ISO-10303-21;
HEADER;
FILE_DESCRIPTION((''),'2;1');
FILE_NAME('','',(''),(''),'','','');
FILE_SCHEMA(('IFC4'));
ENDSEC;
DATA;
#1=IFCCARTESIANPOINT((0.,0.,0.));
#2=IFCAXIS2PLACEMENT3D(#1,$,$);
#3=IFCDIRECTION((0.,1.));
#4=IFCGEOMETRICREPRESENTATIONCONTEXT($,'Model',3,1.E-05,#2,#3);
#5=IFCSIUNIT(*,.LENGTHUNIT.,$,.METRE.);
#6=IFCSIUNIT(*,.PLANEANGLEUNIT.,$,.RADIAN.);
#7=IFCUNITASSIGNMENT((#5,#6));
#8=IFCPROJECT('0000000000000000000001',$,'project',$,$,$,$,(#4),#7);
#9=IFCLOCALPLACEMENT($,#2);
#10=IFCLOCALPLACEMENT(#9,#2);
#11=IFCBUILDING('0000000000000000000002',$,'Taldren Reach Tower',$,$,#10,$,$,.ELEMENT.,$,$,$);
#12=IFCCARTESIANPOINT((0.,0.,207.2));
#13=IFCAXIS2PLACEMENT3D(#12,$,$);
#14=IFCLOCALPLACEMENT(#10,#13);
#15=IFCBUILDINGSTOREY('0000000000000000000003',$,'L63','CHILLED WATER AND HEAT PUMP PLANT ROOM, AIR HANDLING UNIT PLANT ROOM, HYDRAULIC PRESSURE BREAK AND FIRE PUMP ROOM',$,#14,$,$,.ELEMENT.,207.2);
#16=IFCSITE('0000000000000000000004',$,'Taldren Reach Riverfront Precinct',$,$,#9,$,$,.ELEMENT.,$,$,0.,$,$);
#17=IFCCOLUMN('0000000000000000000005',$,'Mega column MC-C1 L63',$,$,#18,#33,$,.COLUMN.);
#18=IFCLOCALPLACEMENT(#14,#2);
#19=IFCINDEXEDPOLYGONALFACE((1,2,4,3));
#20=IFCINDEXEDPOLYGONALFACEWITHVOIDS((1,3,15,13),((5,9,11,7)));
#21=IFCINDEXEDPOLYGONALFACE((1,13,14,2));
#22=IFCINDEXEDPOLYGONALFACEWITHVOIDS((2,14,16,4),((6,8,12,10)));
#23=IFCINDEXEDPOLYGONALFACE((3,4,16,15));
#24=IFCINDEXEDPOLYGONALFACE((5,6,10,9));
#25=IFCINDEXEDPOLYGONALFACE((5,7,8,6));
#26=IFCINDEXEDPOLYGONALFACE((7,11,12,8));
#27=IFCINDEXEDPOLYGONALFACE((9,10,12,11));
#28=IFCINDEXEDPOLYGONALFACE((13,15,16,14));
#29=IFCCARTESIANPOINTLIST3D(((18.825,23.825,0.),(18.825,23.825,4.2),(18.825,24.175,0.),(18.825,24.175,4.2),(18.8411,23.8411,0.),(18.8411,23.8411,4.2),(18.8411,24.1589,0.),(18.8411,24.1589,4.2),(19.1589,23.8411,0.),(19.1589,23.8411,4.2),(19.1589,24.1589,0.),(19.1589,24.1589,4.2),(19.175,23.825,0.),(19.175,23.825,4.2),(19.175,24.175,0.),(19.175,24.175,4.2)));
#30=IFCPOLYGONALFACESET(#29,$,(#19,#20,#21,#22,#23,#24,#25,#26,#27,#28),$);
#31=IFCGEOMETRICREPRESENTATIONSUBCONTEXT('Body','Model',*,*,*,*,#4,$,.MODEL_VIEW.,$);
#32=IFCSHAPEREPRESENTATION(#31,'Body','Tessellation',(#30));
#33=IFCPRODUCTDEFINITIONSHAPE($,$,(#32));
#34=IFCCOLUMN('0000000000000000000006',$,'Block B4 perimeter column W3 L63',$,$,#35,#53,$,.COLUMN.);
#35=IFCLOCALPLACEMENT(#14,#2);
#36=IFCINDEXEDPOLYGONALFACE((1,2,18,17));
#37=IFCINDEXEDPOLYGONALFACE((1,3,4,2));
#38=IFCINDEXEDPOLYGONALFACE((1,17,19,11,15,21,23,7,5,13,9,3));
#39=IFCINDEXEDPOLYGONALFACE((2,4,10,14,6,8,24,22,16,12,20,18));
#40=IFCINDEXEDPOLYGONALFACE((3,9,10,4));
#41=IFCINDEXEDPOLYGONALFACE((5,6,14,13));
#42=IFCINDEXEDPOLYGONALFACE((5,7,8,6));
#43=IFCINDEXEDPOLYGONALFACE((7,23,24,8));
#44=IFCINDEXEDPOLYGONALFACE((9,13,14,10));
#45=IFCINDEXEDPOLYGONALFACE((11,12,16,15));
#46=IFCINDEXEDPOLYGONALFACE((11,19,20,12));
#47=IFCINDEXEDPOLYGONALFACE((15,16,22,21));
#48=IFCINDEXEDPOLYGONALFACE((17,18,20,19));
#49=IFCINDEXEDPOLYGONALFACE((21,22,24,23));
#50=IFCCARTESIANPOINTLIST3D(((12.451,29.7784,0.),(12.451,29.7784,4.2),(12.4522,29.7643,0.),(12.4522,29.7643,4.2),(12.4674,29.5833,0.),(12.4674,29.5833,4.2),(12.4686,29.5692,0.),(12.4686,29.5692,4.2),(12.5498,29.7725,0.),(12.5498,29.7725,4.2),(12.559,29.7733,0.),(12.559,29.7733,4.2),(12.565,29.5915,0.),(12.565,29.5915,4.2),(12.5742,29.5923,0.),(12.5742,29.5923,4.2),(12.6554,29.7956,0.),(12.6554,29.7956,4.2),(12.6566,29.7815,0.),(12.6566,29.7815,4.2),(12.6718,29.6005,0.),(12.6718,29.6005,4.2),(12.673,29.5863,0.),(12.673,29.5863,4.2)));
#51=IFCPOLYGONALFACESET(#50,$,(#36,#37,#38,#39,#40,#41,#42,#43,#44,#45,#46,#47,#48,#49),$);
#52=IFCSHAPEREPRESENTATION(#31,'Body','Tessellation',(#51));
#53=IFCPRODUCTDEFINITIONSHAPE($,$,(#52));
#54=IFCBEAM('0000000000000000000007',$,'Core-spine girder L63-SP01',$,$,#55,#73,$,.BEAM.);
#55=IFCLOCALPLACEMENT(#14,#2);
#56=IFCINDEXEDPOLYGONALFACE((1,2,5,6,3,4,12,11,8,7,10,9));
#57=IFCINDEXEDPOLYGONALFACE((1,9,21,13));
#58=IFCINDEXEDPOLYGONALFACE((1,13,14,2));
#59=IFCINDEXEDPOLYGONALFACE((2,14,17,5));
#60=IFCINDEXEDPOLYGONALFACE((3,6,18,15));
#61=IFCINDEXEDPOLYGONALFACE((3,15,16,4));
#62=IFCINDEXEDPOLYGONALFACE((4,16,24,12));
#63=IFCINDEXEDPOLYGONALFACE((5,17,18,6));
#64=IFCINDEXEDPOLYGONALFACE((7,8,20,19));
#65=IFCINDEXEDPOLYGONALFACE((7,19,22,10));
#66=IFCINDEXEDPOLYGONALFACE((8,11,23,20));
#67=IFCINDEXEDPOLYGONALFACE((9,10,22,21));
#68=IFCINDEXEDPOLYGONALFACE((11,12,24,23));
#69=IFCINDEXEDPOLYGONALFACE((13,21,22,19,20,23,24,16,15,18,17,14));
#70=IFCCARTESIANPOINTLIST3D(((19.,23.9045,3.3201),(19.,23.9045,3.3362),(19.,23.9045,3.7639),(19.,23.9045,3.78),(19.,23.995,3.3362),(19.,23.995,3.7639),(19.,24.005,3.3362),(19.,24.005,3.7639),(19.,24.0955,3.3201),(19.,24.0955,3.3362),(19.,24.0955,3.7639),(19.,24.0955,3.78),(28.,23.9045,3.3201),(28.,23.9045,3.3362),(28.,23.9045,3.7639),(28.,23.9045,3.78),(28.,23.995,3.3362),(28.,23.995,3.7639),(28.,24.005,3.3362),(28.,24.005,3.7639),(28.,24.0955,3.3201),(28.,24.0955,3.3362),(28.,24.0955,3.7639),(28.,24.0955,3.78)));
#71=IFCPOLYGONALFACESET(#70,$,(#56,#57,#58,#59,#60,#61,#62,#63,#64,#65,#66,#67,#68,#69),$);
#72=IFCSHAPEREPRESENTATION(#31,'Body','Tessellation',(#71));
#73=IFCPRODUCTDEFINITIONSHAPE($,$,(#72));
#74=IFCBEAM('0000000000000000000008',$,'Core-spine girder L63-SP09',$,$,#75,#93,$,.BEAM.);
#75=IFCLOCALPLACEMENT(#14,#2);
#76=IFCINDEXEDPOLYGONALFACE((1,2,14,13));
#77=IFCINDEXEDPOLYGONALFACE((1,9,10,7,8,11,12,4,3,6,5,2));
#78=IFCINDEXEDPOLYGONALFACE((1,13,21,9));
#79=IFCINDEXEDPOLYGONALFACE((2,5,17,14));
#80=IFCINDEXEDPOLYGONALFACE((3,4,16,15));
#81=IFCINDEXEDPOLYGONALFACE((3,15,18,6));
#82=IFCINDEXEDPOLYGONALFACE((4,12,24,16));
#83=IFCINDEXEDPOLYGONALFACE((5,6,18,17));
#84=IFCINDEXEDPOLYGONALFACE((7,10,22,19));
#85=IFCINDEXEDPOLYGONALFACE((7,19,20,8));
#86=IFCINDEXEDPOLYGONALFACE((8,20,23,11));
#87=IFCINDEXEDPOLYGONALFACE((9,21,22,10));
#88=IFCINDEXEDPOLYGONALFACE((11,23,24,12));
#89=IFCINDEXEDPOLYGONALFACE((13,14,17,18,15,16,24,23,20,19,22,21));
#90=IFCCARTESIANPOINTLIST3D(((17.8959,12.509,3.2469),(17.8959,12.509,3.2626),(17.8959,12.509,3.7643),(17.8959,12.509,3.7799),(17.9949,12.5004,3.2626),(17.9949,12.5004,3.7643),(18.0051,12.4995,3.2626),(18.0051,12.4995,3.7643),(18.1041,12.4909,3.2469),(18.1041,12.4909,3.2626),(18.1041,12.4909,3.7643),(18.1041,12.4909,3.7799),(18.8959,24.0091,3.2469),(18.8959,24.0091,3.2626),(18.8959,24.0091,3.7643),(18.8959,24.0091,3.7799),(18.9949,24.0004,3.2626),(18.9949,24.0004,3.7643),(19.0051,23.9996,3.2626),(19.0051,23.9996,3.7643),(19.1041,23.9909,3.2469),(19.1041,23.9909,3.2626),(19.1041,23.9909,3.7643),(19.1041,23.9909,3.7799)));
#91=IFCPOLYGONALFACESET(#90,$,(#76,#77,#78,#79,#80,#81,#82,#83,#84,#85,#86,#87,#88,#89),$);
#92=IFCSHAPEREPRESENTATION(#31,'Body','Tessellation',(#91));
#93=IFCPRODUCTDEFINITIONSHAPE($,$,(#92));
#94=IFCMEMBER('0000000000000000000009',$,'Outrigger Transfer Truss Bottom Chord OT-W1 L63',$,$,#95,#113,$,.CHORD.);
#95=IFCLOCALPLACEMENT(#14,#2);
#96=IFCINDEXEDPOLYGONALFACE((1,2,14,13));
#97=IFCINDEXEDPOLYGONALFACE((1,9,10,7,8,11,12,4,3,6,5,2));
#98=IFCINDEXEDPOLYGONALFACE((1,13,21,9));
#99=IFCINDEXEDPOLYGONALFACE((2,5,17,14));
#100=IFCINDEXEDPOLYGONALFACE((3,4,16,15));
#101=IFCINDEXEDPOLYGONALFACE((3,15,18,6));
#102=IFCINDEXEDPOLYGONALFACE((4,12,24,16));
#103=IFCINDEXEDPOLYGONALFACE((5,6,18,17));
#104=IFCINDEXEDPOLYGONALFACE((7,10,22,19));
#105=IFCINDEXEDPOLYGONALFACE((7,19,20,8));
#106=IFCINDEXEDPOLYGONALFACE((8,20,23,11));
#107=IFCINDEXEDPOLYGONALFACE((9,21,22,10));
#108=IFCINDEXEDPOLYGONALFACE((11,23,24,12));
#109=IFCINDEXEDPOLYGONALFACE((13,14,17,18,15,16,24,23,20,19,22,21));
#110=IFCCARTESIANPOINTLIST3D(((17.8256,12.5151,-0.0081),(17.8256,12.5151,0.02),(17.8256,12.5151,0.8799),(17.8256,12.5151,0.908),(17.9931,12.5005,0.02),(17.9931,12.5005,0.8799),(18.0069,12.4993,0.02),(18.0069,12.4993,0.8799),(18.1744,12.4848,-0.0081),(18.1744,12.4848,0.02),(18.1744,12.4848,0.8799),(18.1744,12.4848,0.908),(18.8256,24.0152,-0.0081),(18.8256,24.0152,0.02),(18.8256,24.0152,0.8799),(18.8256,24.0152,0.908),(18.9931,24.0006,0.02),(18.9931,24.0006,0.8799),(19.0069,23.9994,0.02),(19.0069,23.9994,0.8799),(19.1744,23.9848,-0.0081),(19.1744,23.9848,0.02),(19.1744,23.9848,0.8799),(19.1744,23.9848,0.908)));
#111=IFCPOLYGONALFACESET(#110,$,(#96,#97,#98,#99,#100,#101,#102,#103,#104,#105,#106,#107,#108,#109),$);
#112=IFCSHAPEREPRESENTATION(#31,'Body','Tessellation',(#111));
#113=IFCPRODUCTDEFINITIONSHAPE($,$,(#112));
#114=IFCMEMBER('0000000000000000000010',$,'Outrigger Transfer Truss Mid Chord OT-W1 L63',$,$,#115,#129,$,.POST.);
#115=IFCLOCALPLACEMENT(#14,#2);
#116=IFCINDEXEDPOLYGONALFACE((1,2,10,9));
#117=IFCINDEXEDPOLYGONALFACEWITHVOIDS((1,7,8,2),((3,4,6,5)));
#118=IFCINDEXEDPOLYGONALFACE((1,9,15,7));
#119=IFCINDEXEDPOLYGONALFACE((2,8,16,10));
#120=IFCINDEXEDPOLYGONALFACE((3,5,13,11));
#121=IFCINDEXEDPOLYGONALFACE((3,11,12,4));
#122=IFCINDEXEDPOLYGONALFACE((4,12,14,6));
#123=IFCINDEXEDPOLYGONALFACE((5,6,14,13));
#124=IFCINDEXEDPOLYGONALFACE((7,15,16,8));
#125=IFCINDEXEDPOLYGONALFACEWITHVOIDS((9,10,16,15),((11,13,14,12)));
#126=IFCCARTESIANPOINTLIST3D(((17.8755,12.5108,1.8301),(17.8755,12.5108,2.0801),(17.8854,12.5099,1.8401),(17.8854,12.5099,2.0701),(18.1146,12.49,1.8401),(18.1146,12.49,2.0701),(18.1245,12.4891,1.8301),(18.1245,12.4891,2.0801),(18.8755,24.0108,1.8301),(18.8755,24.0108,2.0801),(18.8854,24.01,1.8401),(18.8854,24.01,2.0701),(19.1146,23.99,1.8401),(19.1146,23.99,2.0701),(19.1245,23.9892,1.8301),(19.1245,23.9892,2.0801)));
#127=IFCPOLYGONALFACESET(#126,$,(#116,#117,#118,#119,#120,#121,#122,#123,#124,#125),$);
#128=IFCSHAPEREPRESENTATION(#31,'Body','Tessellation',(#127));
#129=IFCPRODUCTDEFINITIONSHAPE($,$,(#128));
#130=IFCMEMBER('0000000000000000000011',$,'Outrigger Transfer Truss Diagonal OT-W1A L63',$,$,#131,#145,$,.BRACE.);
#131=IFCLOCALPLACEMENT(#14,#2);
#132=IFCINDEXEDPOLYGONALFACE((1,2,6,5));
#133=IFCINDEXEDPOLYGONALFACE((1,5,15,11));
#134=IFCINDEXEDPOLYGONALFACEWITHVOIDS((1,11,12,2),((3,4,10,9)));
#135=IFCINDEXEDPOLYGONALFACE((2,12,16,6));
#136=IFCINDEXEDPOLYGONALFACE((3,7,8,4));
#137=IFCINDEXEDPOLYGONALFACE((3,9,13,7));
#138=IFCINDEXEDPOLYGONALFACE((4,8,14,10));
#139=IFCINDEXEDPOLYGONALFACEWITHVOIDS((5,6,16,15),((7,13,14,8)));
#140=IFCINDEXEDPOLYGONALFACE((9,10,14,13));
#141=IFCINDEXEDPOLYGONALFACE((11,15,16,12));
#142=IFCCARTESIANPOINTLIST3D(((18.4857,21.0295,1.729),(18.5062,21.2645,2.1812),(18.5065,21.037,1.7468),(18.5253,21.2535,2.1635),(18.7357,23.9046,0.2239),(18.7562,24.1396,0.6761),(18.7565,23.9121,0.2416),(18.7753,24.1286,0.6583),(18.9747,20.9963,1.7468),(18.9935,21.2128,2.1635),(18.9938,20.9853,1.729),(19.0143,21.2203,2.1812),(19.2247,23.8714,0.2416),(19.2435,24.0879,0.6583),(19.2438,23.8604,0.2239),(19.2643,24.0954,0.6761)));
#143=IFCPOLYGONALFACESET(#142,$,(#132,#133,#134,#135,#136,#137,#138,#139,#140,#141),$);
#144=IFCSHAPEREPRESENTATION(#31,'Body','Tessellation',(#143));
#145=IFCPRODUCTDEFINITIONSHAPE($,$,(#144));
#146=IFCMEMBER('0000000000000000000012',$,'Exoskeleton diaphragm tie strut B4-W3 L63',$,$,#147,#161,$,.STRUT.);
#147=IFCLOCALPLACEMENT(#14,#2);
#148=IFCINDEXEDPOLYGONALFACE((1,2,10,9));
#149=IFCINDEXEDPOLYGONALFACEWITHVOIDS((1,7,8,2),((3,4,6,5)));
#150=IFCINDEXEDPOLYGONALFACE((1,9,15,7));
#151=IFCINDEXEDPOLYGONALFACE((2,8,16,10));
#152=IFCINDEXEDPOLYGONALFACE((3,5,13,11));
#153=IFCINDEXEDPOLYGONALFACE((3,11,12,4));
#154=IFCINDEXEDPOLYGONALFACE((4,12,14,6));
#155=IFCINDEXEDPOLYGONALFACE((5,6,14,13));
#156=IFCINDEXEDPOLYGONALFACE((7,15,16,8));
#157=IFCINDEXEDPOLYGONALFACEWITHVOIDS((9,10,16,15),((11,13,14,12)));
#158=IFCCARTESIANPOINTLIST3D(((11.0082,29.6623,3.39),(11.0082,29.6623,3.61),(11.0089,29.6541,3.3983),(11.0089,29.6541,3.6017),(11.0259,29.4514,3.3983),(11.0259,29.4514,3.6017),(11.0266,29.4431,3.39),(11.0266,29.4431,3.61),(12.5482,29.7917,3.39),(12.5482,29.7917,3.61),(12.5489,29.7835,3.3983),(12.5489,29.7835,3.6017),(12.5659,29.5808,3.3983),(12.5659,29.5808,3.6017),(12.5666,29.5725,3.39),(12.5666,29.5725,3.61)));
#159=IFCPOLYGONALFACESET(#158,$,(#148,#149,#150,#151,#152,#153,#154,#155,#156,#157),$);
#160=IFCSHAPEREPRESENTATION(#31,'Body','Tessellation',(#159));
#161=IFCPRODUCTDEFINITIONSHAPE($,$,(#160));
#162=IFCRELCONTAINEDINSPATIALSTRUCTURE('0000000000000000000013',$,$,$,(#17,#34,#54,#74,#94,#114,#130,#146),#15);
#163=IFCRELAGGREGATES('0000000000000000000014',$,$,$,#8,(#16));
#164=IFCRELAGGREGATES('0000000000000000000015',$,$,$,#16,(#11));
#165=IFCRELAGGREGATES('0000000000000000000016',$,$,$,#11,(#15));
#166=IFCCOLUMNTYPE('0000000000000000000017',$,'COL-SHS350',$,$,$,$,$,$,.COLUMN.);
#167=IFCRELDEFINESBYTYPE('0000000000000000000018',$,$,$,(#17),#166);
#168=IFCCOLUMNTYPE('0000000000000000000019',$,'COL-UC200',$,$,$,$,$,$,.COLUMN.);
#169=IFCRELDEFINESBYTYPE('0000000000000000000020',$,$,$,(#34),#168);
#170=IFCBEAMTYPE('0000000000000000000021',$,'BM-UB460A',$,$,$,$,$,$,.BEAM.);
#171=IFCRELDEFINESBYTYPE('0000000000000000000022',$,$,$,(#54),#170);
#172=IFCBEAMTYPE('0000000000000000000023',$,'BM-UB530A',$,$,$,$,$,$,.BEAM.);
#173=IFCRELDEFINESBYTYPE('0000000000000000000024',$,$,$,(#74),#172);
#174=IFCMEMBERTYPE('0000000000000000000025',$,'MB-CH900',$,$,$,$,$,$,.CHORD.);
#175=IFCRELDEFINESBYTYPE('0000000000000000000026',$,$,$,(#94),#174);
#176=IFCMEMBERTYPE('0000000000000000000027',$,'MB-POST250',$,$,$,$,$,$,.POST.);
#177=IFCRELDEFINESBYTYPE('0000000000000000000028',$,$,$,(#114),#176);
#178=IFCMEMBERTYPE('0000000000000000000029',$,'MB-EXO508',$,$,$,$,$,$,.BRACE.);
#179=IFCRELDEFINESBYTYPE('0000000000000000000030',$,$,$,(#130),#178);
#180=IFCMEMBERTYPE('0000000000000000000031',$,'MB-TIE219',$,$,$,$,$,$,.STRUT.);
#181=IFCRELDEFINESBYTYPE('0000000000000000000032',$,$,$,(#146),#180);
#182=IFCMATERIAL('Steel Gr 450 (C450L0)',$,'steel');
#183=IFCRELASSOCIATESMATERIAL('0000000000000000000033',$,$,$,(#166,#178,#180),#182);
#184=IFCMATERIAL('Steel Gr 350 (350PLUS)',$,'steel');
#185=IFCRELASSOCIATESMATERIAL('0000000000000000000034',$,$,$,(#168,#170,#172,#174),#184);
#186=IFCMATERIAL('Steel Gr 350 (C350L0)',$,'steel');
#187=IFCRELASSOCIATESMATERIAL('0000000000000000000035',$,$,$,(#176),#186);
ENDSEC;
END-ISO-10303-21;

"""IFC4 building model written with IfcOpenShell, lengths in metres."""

from ifc_helpers import new_model, si_unit, direction, frame, origin, origin_2d, place, context, subcontext, project, spatial, hollow_rectangle, i_section, extrude, source, transform, mapped, material, material_profile, profile_set, type_object, element, save


model = new_model("IFC4")

# Units and contexts
model_context = context("Model", 3, precision=1e-05, world=origin(), true_north=direction((0.0, 1.0)))
body_context = subcontext(model_context, "Body", "Model", "MODEL_VIEW")
ifc_project = project(units=[si_unit("LENGTHUNIT", "METRE"), si_unit("PLANEANGLEUNIT", "RADIAN")], contexts=[model_context])

# Site, building, storey
site_placement = place(None, origin())
site = spatial("IfcSite", under=ifc_project, at=site_placement, Name="Taldren Reach Riverfront Precinct", CompositionType="ELEMENT", RefElevation=0.0)
building_placement = place(site_placement, origin())
building = spatial("IfcBuilding", under=site, at=building_placement, Name="Taldren Reach Tower", CompositionType="ELEMENT")
storey_placement = place(building_placement, frame((0.0, 0.0, 207.2)))
storey = spatial("IfcBuildingStorey", under=building, at=storey_placement, Name="L63", Description="CHILLED WATER AND HEAT PUMP PLANT ROOM, AIR HANDLING UNIT PLANT ROOM, HYDRAULIC PRESSURE BREAK AND FIRE PUMP ROOM", CompositionType="ELEMENT", Elevation=207.2)

# Columns
ifc_material_1 = material(Name="Steel Gr 450 (C450L0)", Category="steel")
ifc_material_profile_1 = material_profile(ifc_material_1, hollow_rectangle(XDim=0.3501, YDim=0.3501, WallThickness=0.0161, at=origin_2d()), Name="350x350x16.0SHS")
ifc_profile_set_1 = profile_set([ifc_material_profile_1], Name="Steel Gr 450 (C450L0)")
column_type_1 = type_object("IfcColumnType", Name="COL-SHS350", PredefinedType="COLUMN", material=ifc_profile_set_1)
shared_shape_1 = source(origin(), body_context, "Body", "SweptSolid", [
    extrude(hollow_rectangle(XDim=0.3501, YDim=0.3501, WallThickness=0.0161, at=origin_2d()), origin(), (0.0, 0.0, 1.0), 4.2),
])
column_1_placement = place(storey_placement, frame((19.0, 24.0, 0.0), z_axis=(0.0, 0.0, 1.0), x_axis=(1.0, 0.0, 0.0)))
element("IfcColumn", 1, at=column_1_placement, inside=storey, type_object=column_type_1, Name="Mega column MC-C1 L63", PredefinedType="COLUMN", context=body_context, shape_type="MappedRepresentation", body=[
    mapped(shared_shape_1, transform((0.0, 0.0, 0.0), scale=1.0)),
])
ifc_material_2 = material(Name="Steel Gr 350 (350PLUS)", Category="steel")
ifc_material_profile_2 = material_profile(ifc_material_2, i_section(OverallWidth=0.2051, OverallDepth=0.21, WebThickness=0.0093, FlangeThickness=0.0142, at=origin_2d()), Name="200UC59.5")
ifc_profile_set_2 = profile_set([ifc_material_profile_2], Name="Steel Gr 350 (350PLUS)")
column_type_2 = type_object("IfcColumnType", Name="COL-UC200", PredefinedType="COLUMN", material=ifc_profile_set_2)
shared_shape_2 = source(origin(), body_context, "Body", "SweptSolid", [
    extrude(i_section(OverallWidth=0.2051, OverallDepth=0.21, WebThickness=0.0093, FlangeThickness=0.0142, at=origin_2d()), origin(), (0.0, 0.0, 1.0), 4.2),
])
column_2_placement = place(storey_placement, frame((12.562, 29.6824, 0.0), z_axis=(0.0, 0.0, 1.0), x_axis=(0.996493, 0.083678, 0.0)))
element("IfcColumn", 2, at=column_2_placement, inside=storey, type_object=column_type_2, Name="Block B4 perimeter column W3 L63", PredefinedType="COLUMN", context=body_context, shape_type="MappedRepresentation", body=[
    mapped(shared_shape_2, transform((0.0, 0.0, 0.0), scale=1.0)),
])

# Beams
ifc_material_profile_3 = material_profile(ifc_material_2, i_section(OverallWidth=0.1909, OverallDepth=0.46, WebThickness=0.01, FlangeThickness=0.0161, at=origin_2d()), Name="460UB82.1")
ifc_profile_set_3 = profile_set([ifc_material_profile_3], Name="Steel Gr 350 (350PLUS)")
beam_type_1 = type_object("IfcBeamType", Name="BM-UB460A", PredefinedType="BEAM", material=ifc_profile_set_3)
shared_shape_3 = source(origin(), body_context, "Body", "SweptSolid", [
    extrude(i_section(OverallWidth=0.1909, OverallDepth=0.46, WebThickness=0.01, FlangeThickness=0.0161, at=origin_2d()), origin(), (0.0, 0.0, 1.0), 9.0),
])
beam_1_placement = place(storey_placement, frame((19.0, 24.0, 3.55), z_axis=(1.0, 0.0, 0.0), x_axis=(0.0, 1.0, 0.0)))
element("IfcBeam", 3, at=beam_1_placement, inside=storey, type_object=beam_type_1, Name="Core-spine girder L63-SP01", PredefinedType="BEAM", context=body_context, shape_type="MappedRepresentation", body=[
    mapped(shared_shape_3, transform((0.0, 0.0, 0.0), scale=1.0)),
])
ifc_material_profile_4 = material_profile(ifc_material_2, i_section(OverallWidth=0.209, OverallDepth=0.533, WebThickness=0.0103, FlangeThickness=0.0156, at=origin_2d()), Name="530UB92.4")
ifc_profile_set_4 = profile_set([ifc_material_profile_4], Name="Steel Gr 350 (350PLUS)")
beam_type_2 = type_object("IfcBeamType", Name="BM-UB530A", PredefinedType="BEAM", material=ifc_profile_set_4)
shared_shape_4 = source(origin(), body_context, "Body", "SweptSolid", [
    extrude(i_section(OverallWidth=0.209, OverallDepth=0.533, WebThickness=0.0103, FlangeThickness=0.0156, at=origin_2d()), origin(), (0.0, 0.0, 1.0), 11.5435),
])
beam_2_placement = place(storey_placement, frame((19.0, 24.0, 3.5134), z_axis=(-0.08663, -0.996241, 0.0), x_axis=(0.996241, -0.08663, 0.0)))
element("IfcBeam", 4, at=beam_2_placement, inside=storey, type_object=beam_type_2, Name="Core-spine girder L63-SP09", PredefinedType="BEAM", context=body_context, shape_type="MappedRepresentation", body=[
    mapped(shared_shape_4, transform((0.0, 0.0, 0.0), scale=1.0)),
])

# Members
ifc_material_profile_5 = material_profile(ifc_material_2, i_section(OverallWidth=0.3501, OverallDepth=0.916, WebThickness=0.0139, FlangeThickness=0.0281, at=origin_2d()), Name="900WB257")
ifc_profile_set_5 = profile_set([ifc_material_profile_5], Name="Steel Gr 350 (350PLUS)")
member_type_1 = type_object("IfcMemberType", Name="MB-CH900", PredefinedType="CHORD", material=ifc_profile_set_5)
shared_shape_5 = source(origin(), body_context, "Body", "SweptSolid", [
    extrude(i_section(OverallWidth=0.3501, OverallDepth=0.916, WebThickness=0.0139, FlangeThickness=0.0281, at=origin_2d()), origin(), (0.0, 0.0, 1.0), 11.5435),
])
member_1_placement = place(storey_placement, frame((19.0, 24.0, 0.45), z_axis=(-0.08663, -0.996241, 0.0), x_axis=(0.996241, -0.08663, 0.0)))
element("IfcMember", 5, at=member_1_placement, inside=storey, type_object=member_type_1, Name="Outrigger Transfer Truss Bottom Chord OT-W1 L63", PredefinedType="CHORD", context=body_context, shape_type="MappedRepresentation", body=[
    mapped(shared_shape_5, transform((0.0, 0.0, 0.0), scale=1.0)),
])
ifc_material_3 = material(Name="Steel Gr 350 (C350L0)", Category="steel")
ifc_material_profile_6 = material_profile(ifc_material_3, hollow_rectangle(XDim=0.25, YDim=0.25, WallThickness=0.01, at=origin_2d()), Name="250x250x10.0SHS")
ifc_profile_set_6 = profile_set([ifc_material_profile_6], Name="Steel Gr 350 (C350L0)")
member_type_2 = type_object("IfcMemberType", Name="MB-POST250", PredefinedType="POST", material=ifc_profile_set_6)
shared_shape_6 = source(origin(), body_context, "Body", "SweptSolid", [
    extrude(hollow_rectangle(XDim=0.25, YDim=0.25, WallThickness=0.01, at=origin_2d()), origin(), (0.0, 0.0, 1.0), 11.5435),
])
member_2_placement = place(storey_placement, frame((19.0, 24.0, 1.9551), z_axis=(-0.08663, -0.996241, 0.0), x_axis=(0.996241, -0.08663, 0.0)))
element("IfcMember", 6, at=member_2_placement, inside=storey, type_object=member_type_2, Name="Outrigger Transfer Truss Mid Chord OT-W1 L63", PredefinedType="POST", context=body_context, shape_type="MappedRepresentation", body=[
    mapped(shared_shape_6, transform((0.0, 0.0, 0.0), scale=1.0)),
])
ifc_material_profile_7 = material_profile(ifc_material_1, hollow_rectangle(XDim=0.51, YDim=0.51, WallThickness=0.02, at=origin_2d()), Name="510x510x20.0SHS")
ifc_profile_set_7 = profile_set([ifc_material_profile_7], Name="Steel Gr 450 (C450L0)")
member_type_3 = type_object("IfcMemberType", Name="MB-EXO508", PredefinedType="BRACE", material=ifc_profile_set_7)
shared_shape_7 = source(origin(), body_context, "Body", "SweptSolid", [
    extrude(hollow_rectangle(XDim=0.51, YDim=0.51, WallThickness=0.02, at=origin_2d()), origin(), (0.0, 0.0, 1.0), 3.2549),
])
member_3_placement = place(storey_placement, frame((19.0, 24.0, 0.45), z_axis=(-0.07681, -0.883319, 0.462437), x_axis=(0.996241, -0.08663, 0.0)))
element("IfcMember", 7, at=member_3_placement, inside=storey, type_object=member_type_3, Name="Outrigger Transfer Truss Diagonal OT-W1A L63", PredefinedType="BRACE", context=body_context, shape_type="MappedRepresentation", body=[
    mapped(shared_shape_7, transform((0.0, 0.0, 0.0), scale=1.0)),
])
ifc_material_profile_8 = material_profile(ifc_material_1, hollow_rectangle(XDim=0.22, YDim=0.22, WallThickness=0.0083, at=origin_2d()), Name="220x220x8.2SHS")
ifc_profile_set_8 = profile_set([ifc_material_profile_8], Name="Steel Gr 450 (C450L0)")
member_type_4 = type_object("IfcMemberType", Name="MB-TIE219", PredefinedType="STRUT", material=ifc_profile_set_8)
shared_shape_8 = source(origin(), body_context, "Body", "SweptSolid", [
    extrude(hollow_rectangle(XDim=0.22, YDim=0.22, WallThickness=0.0083, at=origin_2d()), origin(), (0.0, 0.0, 1.0), 1.5454),
])
member_4_placement = place(storey_placement, frame((12.5574, 29.6821, 3.5), z_axis=(-0.996489, -0.083725, 0.0), x_axis=(0.083725, -0.996489, 0.0)))
element("IfcMember", 8, at=member_4_placement, inside=storey, type_object=member_type_4, Name="Exoskeleton diaphragm tie strut B4-W3 L63", PredefinedType="STRUT", context=body_context, shape_type="MappedRepresentation", body=[
    mapped(shared_shape_8, transform((0.0, 0.0, 0.0), scale=1.0)),
])

save(model, "model.ifc")
